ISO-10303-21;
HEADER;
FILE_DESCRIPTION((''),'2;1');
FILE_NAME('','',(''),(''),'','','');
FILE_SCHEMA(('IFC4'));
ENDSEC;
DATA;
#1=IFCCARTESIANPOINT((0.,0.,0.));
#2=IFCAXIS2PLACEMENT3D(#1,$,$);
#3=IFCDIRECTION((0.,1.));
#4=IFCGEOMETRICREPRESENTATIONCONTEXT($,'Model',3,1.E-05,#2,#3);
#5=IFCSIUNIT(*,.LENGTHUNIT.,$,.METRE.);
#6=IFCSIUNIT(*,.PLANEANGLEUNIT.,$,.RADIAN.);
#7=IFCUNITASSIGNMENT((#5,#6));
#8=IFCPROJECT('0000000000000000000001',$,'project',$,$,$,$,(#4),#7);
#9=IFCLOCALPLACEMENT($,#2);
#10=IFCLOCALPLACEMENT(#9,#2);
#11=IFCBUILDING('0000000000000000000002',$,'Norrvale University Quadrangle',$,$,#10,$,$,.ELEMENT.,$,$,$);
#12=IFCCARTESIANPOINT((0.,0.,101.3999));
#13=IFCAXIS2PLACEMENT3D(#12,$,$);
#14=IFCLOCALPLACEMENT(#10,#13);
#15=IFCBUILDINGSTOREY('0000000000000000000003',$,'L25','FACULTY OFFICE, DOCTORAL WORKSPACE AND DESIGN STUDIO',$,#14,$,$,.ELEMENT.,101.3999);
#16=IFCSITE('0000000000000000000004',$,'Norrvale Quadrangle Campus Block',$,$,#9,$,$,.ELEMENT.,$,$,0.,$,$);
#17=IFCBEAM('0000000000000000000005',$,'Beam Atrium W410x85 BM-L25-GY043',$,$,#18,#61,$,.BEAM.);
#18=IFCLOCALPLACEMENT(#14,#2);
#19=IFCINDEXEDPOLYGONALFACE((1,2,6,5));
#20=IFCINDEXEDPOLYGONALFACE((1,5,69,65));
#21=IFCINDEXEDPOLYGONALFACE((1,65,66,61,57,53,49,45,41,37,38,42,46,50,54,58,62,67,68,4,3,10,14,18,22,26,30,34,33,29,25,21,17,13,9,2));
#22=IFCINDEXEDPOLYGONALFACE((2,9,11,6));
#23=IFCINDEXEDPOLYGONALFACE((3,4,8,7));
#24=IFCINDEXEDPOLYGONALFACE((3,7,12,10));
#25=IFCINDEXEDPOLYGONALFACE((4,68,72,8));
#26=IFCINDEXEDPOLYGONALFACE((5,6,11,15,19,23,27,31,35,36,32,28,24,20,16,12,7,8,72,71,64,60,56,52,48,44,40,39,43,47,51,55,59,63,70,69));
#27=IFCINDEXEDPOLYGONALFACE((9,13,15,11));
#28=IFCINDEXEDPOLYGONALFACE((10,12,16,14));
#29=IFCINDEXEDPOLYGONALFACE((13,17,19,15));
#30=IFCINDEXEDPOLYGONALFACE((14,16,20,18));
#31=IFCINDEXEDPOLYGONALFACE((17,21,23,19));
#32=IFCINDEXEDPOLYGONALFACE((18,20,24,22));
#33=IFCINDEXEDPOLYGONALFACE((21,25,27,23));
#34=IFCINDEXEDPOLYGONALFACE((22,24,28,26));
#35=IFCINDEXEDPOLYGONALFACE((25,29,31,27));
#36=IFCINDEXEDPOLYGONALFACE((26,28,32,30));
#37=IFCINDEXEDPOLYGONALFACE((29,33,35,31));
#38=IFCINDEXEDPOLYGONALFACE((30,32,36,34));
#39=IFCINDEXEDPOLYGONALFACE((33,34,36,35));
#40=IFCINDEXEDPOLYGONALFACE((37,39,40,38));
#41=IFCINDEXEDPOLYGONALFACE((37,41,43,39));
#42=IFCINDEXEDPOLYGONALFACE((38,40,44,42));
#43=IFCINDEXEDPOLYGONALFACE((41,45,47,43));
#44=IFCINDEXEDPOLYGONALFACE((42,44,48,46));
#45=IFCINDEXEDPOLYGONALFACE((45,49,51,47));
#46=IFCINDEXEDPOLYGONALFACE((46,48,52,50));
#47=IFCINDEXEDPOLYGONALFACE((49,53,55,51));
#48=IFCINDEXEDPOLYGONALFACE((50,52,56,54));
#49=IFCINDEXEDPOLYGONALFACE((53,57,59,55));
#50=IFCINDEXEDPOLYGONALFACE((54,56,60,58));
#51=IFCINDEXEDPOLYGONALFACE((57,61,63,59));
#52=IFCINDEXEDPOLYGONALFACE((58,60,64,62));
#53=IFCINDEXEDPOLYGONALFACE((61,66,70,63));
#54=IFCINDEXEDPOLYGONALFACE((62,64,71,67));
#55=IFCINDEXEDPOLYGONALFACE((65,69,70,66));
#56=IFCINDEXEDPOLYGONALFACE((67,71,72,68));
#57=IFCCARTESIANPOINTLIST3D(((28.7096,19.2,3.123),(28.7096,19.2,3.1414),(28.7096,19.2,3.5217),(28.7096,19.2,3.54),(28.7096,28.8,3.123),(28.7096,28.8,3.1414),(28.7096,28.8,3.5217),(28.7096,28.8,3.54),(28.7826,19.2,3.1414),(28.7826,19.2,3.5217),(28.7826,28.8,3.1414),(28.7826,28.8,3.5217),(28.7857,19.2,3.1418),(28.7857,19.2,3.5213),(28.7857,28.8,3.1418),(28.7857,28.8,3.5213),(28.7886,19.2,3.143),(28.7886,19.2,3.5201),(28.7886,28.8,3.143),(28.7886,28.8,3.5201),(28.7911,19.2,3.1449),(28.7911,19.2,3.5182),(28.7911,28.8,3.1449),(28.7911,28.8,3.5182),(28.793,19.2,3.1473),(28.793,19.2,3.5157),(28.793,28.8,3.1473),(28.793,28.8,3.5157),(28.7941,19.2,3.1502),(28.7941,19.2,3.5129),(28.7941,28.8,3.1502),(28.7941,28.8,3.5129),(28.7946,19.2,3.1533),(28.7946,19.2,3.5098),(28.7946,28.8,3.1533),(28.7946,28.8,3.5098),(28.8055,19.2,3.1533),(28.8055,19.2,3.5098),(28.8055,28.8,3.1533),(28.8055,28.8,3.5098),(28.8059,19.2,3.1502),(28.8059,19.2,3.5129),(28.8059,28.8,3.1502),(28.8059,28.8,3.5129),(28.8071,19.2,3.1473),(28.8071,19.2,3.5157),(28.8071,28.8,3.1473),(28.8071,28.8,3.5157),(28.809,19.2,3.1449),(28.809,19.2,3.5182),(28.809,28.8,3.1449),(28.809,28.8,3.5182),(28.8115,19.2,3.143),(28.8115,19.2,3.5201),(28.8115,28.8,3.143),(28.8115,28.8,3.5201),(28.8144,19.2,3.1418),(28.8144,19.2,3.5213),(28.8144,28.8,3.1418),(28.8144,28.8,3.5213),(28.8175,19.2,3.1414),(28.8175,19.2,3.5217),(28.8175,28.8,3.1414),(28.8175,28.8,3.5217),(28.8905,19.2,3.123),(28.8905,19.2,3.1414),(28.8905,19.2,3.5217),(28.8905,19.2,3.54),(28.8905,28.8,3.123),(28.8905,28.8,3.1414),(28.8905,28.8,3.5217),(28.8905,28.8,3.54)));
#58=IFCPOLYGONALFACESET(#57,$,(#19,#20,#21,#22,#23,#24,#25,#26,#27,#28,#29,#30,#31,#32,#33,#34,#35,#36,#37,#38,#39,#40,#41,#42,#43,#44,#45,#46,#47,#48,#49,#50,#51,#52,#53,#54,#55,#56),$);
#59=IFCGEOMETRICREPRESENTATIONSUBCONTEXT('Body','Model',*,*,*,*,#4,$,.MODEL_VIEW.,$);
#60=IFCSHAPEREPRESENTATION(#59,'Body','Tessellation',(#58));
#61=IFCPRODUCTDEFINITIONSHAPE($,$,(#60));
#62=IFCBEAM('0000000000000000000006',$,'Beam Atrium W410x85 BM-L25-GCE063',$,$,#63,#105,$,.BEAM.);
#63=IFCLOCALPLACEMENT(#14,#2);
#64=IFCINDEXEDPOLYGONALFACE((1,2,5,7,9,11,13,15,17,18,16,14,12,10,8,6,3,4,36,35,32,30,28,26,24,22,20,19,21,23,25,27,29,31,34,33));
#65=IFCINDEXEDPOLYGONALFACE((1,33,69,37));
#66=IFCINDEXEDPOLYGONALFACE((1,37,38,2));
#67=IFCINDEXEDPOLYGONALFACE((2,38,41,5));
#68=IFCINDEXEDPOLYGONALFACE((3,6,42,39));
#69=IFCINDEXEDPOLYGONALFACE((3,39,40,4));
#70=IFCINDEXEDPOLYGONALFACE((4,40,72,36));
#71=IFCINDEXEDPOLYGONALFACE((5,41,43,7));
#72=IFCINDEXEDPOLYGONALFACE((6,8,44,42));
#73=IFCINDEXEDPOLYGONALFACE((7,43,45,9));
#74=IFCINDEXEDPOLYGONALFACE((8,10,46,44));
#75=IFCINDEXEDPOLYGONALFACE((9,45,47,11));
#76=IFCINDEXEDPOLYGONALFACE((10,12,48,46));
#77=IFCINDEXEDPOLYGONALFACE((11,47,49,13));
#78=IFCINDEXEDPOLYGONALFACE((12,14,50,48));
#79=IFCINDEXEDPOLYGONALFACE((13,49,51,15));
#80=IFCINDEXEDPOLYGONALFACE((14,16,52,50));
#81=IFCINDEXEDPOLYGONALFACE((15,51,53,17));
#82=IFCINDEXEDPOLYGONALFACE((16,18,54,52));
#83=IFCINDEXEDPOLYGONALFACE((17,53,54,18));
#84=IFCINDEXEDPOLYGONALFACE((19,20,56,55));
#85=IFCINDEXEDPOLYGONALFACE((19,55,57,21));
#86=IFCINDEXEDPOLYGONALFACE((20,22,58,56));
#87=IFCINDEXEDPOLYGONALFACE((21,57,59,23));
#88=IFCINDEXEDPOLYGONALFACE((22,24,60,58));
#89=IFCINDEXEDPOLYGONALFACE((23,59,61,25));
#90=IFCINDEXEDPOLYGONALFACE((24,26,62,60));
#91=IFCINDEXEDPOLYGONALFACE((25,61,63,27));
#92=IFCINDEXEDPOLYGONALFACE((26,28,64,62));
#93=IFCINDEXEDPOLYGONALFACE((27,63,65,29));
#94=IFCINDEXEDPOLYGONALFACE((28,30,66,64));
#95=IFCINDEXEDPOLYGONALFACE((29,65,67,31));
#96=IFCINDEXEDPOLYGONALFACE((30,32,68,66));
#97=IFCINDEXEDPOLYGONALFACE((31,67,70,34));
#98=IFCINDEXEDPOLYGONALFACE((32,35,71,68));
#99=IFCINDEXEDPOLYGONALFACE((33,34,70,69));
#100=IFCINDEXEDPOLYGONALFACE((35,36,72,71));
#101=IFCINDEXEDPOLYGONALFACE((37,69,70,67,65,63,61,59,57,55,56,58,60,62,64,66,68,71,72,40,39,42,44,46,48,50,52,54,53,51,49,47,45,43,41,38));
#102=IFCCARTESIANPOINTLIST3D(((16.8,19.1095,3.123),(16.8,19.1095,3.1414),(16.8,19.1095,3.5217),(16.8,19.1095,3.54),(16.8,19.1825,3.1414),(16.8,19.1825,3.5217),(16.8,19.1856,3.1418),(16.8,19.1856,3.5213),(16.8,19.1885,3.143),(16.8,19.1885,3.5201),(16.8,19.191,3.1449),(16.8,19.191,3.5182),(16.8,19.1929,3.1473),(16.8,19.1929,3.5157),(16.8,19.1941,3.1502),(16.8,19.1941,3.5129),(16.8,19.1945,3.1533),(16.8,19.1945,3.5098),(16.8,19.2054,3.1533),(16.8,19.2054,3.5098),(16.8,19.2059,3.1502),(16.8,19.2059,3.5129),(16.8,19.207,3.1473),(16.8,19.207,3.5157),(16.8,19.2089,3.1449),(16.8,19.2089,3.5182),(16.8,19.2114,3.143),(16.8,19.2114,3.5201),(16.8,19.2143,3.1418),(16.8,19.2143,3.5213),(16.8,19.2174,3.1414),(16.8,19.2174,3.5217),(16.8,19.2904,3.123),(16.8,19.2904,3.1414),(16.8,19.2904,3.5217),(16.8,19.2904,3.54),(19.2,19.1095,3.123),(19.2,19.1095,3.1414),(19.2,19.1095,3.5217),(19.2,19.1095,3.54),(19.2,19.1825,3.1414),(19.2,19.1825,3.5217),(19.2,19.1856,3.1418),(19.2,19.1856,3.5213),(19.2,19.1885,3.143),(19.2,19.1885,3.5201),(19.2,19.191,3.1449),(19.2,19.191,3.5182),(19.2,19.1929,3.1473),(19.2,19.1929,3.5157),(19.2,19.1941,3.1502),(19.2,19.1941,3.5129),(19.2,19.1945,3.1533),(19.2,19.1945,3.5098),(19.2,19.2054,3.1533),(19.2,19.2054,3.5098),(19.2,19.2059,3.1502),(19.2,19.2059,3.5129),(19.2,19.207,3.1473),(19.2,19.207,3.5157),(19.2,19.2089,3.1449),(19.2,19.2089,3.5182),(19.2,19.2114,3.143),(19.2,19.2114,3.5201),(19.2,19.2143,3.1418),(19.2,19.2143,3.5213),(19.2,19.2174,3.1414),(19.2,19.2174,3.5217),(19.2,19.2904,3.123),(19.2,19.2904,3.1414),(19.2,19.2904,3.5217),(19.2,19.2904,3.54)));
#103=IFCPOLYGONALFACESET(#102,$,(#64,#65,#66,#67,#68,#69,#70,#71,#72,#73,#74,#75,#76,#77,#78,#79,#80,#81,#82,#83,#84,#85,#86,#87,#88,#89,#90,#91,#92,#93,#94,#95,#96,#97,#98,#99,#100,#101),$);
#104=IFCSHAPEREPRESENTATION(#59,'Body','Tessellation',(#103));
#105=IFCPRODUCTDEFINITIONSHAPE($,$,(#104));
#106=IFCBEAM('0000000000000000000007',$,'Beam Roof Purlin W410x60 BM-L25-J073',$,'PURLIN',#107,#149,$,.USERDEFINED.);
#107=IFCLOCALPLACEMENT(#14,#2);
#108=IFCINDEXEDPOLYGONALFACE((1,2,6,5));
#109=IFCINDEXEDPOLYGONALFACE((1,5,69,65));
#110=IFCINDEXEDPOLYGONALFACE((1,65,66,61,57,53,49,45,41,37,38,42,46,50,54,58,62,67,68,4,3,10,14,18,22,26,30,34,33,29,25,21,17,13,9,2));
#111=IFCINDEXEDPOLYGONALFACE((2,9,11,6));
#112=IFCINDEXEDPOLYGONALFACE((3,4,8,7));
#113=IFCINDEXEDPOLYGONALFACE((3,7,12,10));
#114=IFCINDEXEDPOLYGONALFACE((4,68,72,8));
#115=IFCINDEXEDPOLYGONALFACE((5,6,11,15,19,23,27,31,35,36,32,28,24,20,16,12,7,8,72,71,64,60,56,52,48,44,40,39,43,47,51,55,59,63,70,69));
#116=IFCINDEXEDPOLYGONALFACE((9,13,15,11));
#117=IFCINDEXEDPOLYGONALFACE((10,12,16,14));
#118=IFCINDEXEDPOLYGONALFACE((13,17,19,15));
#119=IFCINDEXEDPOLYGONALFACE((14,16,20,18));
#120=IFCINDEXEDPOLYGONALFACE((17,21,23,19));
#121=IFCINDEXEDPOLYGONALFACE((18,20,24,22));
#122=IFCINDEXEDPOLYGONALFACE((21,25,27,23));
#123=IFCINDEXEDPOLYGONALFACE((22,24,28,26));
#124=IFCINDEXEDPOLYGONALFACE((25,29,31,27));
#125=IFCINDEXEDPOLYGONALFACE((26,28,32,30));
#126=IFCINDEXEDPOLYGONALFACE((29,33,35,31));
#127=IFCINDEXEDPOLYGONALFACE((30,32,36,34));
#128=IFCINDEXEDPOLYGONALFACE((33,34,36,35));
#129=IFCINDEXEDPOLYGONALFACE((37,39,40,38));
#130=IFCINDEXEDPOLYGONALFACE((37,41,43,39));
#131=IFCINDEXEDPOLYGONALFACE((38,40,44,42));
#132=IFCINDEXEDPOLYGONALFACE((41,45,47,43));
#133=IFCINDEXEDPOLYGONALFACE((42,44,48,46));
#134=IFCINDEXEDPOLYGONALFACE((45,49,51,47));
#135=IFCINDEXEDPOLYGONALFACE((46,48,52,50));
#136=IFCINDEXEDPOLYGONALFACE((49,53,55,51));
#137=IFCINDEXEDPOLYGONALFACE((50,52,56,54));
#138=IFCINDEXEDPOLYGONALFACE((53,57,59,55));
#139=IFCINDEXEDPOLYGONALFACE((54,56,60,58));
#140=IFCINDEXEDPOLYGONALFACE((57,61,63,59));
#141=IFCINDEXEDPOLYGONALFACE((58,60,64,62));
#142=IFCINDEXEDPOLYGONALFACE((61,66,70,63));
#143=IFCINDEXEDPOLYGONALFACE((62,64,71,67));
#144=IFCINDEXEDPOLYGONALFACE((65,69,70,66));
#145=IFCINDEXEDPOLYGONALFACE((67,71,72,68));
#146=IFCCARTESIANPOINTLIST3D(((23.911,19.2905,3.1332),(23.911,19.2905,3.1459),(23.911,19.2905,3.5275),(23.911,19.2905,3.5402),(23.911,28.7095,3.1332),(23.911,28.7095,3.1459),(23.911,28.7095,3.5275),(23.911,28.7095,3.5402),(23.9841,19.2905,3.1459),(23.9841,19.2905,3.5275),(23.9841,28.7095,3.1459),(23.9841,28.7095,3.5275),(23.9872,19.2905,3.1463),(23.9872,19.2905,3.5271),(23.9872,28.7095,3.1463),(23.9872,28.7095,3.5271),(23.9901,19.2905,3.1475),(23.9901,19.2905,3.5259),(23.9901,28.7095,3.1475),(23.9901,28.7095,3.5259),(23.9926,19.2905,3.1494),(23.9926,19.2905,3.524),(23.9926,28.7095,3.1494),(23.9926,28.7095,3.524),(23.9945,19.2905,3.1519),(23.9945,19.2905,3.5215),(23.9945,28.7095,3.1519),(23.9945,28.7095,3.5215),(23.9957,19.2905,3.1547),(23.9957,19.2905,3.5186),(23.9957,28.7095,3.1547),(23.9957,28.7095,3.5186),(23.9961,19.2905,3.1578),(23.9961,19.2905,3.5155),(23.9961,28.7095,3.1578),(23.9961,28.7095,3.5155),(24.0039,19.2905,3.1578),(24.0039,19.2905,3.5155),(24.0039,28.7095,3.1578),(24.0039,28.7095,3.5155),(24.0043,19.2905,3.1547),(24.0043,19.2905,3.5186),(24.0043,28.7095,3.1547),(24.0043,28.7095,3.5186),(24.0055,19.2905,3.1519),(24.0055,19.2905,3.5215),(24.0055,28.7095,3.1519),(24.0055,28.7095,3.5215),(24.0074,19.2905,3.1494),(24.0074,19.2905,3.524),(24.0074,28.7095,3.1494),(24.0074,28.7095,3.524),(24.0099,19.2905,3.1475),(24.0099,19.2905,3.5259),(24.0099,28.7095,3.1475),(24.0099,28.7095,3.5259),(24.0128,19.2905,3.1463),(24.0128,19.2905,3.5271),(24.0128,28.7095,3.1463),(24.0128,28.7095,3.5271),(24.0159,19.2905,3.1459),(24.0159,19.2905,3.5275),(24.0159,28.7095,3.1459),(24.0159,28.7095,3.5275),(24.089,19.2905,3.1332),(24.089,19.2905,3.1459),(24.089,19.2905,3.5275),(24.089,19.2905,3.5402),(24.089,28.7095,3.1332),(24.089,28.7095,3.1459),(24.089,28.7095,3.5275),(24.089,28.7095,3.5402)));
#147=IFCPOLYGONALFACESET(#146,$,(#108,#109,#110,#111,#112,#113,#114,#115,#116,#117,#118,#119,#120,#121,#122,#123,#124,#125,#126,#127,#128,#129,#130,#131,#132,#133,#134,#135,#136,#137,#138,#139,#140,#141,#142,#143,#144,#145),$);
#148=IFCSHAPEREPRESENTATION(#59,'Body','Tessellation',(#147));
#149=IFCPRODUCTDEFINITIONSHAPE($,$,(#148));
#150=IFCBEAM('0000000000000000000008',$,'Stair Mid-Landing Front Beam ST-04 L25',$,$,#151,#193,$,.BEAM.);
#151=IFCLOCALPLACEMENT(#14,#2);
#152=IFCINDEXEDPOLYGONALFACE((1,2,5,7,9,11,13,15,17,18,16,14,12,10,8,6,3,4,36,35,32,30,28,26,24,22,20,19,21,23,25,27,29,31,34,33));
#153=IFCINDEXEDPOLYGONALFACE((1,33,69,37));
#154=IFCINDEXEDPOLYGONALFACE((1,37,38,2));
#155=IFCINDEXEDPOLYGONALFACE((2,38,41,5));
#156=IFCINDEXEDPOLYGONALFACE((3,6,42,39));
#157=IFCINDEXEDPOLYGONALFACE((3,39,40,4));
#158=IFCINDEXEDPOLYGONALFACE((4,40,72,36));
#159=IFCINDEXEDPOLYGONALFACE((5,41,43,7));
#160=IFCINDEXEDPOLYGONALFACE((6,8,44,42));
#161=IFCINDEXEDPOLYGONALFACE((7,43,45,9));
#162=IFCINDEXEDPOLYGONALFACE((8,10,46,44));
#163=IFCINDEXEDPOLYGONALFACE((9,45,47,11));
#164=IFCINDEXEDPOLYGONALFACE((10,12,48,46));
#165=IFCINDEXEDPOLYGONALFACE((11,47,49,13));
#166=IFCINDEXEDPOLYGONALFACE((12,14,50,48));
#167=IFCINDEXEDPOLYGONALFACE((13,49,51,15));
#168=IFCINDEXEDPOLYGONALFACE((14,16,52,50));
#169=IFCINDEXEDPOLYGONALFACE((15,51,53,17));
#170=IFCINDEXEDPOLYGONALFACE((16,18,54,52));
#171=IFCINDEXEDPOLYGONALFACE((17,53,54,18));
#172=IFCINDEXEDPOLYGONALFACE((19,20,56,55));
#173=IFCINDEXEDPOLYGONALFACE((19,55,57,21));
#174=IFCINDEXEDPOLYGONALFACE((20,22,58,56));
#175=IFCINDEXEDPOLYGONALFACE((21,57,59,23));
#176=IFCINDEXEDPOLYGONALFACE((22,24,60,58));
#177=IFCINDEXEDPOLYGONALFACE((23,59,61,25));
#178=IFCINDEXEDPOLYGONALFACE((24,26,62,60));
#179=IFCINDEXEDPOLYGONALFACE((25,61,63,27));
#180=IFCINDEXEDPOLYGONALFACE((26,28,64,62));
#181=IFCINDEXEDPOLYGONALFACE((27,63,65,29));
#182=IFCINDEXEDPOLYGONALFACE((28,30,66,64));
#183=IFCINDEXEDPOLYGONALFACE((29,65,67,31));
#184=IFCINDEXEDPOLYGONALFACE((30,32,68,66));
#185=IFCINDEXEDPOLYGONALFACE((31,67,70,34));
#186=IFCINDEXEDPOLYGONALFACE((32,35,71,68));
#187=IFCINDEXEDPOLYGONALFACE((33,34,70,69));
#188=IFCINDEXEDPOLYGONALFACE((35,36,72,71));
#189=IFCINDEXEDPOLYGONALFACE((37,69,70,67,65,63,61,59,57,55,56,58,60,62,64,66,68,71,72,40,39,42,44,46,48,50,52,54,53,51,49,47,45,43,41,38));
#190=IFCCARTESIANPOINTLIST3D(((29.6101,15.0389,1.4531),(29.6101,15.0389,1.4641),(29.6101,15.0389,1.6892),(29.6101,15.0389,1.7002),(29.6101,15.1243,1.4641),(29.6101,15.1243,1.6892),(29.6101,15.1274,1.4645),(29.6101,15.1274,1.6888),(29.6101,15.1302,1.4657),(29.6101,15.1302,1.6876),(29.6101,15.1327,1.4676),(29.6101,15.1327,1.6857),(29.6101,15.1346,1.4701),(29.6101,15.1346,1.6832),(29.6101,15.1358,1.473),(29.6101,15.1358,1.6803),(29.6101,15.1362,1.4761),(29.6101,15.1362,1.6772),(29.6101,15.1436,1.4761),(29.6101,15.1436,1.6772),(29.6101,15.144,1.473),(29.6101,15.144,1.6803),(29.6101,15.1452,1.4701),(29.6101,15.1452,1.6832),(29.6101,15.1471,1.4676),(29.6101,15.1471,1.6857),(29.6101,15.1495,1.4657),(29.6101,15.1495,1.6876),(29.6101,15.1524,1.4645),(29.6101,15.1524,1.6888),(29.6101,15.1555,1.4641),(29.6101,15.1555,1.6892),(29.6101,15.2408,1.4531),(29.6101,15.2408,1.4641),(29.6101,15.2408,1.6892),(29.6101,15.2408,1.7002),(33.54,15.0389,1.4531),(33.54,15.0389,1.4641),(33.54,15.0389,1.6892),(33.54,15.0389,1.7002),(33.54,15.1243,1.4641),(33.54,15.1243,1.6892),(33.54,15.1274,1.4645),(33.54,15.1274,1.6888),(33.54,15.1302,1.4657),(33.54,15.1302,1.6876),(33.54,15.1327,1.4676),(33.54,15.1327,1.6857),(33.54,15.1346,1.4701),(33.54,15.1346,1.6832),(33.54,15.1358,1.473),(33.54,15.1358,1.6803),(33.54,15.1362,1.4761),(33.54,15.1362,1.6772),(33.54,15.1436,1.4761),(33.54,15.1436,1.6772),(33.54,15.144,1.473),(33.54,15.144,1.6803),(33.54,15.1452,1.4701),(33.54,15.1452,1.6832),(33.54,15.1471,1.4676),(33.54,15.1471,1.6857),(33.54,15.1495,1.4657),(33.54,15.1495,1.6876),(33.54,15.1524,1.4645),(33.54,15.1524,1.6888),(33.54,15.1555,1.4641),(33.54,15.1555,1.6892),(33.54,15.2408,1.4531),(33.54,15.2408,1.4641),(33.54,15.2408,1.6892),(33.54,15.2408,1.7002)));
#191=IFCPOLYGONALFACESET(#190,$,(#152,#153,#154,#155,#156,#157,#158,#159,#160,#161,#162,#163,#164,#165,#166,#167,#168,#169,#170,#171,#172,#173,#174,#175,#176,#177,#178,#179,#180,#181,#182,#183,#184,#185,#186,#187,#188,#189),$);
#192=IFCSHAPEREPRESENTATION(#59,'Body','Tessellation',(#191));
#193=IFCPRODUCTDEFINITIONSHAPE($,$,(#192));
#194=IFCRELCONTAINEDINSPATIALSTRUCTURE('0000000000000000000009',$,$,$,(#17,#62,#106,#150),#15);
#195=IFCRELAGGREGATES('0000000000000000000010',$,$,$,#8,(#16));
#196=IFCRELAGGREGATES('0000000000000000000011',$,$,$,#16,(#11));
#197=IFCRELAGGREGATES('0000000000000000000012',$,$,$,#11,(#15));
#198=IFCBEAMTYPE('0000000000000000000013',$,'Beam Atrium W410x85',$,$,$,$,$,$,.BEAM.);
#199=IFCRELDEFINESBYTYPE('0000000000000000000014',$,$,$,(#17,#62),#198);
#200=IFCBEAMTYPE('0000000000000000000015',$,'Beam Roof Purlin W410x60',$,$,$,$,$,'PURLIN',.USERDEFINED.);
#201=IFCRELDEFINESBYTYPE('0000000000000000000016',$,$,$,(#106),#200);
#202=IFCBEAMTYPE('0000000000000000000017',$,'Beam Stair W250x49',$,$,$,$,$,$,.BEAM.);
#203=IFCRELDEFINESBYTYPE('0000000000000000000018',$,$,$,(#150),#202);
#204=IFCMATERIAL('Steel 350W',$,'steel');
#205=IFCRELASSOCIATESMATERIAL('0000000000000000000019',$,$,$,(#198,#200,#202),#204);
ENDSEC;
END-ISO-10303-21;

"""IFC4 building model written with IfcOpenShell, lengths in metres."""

from ifc_helpers import new_model, si_unit, direction, frame, origin, origin_2d, place, context, subcontext, project, spatial, i_section, extrude, material, material_profile, profile_set, type_object, element, save


model = new_model("IFC4")

# Units and contexts
model_context = context("Model", 3, precision=1e-05, world=origin(), true_north=direction((0.0, 1.0)))
body_context = subcontext(model_context, "Body", "Model", "MODEL_VIEW")
ifc_project = project(units=[si_unit("LENGTHUNIT", "METRE"), si_unit("PLANEANGLEUNIT", "RADIAN")], contexts=[model_context])

# Site, building, storey
site_placement = place(None, origin())
site = spatial("IfcSite", under=ifc_project, at=site_placement, Name="Norrvale Quadrangle Campus Block", CompositionType="ELEMENT", RefElevation=0.0)
building_placement = place(site_placement, origin())
building = spatial("IfcBuilding", under=site, at=building_placement, Name="Norrvale University Quadrangle", CompositionType="ELEMENT")
storey_placement = place(building_placement, frame((0.0, 0.0, 101.3999)))
storey = spatial("IfcBuildingStorey", under=building, at=storey_placement, Name="L25", Description="FACULTY OFFICE, DOCTORAL WORKSPACE AND DESIGN STUDIO", CompositionType="ELEMENT", Elevation=101.3999)

# Beams
ifc_material_1 = material(Name="Steel 350W", Category="steel")
ifc_material_profile_1 = material_profile(ifc_material_1, i_section(OverallWidth=0.1809, OverallDepth=0.417, WebThickness=0.011, FlangeThickness=0.0183, FilletRadius=0.012, at=origin_2d()), Name="Steel 350W")
ifc_profile_set_1 = profile_set([ifc_material_profile_1], Name="Steel 350W")
beam_type_1 = type_object("IfcBeamType", Name="Beam Atrium W410x85", PredefinedType="BEAM", material=ifc_profile_set_1)
for number, where, z_axis, x_axis, name in (
    (1, (28.8, 19.2, 3.3315), (0.0, 1.0, 0.0), (-1.0, 0.0, 0.0), "Beam Atrium W410x85 BM-L25-GY043"),
):
    element("IfcBeam", number, at=place(storey_placement, frame(where, z_axis=z_axis, x_axis=x_axis)), inside=storey, type_object=beam_type_1, Name=name, PredefinedType="BEAM", context=body_context, shape_type="SweptSolid", body=[
        extrude(i_section(OverallWidth=0.1809, OverallDepth=0.417, WebThickness=0.011, FlangeThickness=0.0183, FilletRadius=0.012, at=origin_2d()), origin(), (0.0, 0.0, 1.0), 9.6001),
    ])
beam_1_placement = place(storey_placement, frame((16.8, 19.2, 3.3315), z_axis=(1.0, 0.0, 0.0), x_axis=(0.0, 1.0, 0.0)))
element("IfcBeam", 2, at=beam_1_placement, inside=storey, type_object=beam_type_1, Name="Beam Atrium W410x85 BM-L25-GCE063", PredefinedType="BEAM", context=body_context, shape_type="SweptSolid", body=[
    extrude(i_section(OverallWidth=0.1809, OverallDepth=0.417, WebThickness=0.011, FlangeThickness=0.0183, FilletRadius=0.012, at=origin_2d()), origin(), (0.0, 0.0, 1.0), 2.3999),
])
ifc_material_profile_2 = material_profile(ifc_material_1, i_section(OverallWidth=0.178, OverallDepth=0.407, WebThickness=0.0078, FlangeThickness=0.0127, FilletRadius=0.012, at=origin_2d()), Name="Steel 350W")
ifc_profile_set_2 = profile_set([ifc_material_profile_2], Name="Steel 350W")
beam_type_2 = type_object("IfcBeamType", Name="Beam Roof Purlin W410x60", ElementType="PURLIN", PredefinedType="USERDEFINED", material=ifc_profile_set_2)
beam_2_placement = place(storey_placement, frame((24.0, 19.2905, 3.3367), z_axis=(0.0, 1.0, 0.0), x_axis=(-1.0, 0.0, 0.0)))
element("IfcBeam", 3, at=beam_2_placement, inside=storey, type_object=beam_type_2, Name="Beam Roof Purlin W410x60 BM-L25-J073", ObjectType="PURLIN", PredefinedType="USERDEFINED", context=body_context, shape_type="SweptSolid", body=[
    extrude(i_section(OverallWidth=0.178, OverallDepth=0.407, WebThickness=0.0078, FlangeThickness=0.0127, FilletRadius=0.012, at=origin_2d()), origin(), (0.0, 0.0, 1.0), 9.4189),
])
ifc_material_profile_3 = material_profile(ifc_material_1, i_section(OverallWidth=0.2019, OverallDepth=0.2471, WebThickness=0.0073, FlangeThickness=0.011, FilletRadius=0.012, at=origin_2d()), Name="Steel 350W")
ifc_profile_set_3 = profile_set([ifc_material_profile_3], Name="Steel 350W")
beam_type_3 = type_object("IfcBeamType", Name="Beam Stair W250x49", PredefinedType="BEAM", material=ifc_profile_set_3)
for number, where, z_axis, x_axis, name in (
    (4, (29.6101, 15.1399, 1.5767), (1.0, 0.0, 0.0), (0.0, 1.0, 0.0), "Stair Mid-Landing Front Beam ST-04 L25"),
):
    element("IfcBeam", number, at=place(storey_placement, frame(where, z_axis=z_axis, x_axis=x_axis)), inside=storey, type_object=beam_type_3, Name=name, PredefinedType="BEAM", context=body_context, shape_type="SweptSolid", body=[
        extrude(i_section(OverallWidth=0.2019, OverallDepth=0.2471, WebThickness=0.0073, FlangeThickness=0.011, FilletRadius=0.012, at=origin_2d()), origin(), (0.0, 0.0, 1.0), 3.9299),
    ])

save(model, "model.ifc")
